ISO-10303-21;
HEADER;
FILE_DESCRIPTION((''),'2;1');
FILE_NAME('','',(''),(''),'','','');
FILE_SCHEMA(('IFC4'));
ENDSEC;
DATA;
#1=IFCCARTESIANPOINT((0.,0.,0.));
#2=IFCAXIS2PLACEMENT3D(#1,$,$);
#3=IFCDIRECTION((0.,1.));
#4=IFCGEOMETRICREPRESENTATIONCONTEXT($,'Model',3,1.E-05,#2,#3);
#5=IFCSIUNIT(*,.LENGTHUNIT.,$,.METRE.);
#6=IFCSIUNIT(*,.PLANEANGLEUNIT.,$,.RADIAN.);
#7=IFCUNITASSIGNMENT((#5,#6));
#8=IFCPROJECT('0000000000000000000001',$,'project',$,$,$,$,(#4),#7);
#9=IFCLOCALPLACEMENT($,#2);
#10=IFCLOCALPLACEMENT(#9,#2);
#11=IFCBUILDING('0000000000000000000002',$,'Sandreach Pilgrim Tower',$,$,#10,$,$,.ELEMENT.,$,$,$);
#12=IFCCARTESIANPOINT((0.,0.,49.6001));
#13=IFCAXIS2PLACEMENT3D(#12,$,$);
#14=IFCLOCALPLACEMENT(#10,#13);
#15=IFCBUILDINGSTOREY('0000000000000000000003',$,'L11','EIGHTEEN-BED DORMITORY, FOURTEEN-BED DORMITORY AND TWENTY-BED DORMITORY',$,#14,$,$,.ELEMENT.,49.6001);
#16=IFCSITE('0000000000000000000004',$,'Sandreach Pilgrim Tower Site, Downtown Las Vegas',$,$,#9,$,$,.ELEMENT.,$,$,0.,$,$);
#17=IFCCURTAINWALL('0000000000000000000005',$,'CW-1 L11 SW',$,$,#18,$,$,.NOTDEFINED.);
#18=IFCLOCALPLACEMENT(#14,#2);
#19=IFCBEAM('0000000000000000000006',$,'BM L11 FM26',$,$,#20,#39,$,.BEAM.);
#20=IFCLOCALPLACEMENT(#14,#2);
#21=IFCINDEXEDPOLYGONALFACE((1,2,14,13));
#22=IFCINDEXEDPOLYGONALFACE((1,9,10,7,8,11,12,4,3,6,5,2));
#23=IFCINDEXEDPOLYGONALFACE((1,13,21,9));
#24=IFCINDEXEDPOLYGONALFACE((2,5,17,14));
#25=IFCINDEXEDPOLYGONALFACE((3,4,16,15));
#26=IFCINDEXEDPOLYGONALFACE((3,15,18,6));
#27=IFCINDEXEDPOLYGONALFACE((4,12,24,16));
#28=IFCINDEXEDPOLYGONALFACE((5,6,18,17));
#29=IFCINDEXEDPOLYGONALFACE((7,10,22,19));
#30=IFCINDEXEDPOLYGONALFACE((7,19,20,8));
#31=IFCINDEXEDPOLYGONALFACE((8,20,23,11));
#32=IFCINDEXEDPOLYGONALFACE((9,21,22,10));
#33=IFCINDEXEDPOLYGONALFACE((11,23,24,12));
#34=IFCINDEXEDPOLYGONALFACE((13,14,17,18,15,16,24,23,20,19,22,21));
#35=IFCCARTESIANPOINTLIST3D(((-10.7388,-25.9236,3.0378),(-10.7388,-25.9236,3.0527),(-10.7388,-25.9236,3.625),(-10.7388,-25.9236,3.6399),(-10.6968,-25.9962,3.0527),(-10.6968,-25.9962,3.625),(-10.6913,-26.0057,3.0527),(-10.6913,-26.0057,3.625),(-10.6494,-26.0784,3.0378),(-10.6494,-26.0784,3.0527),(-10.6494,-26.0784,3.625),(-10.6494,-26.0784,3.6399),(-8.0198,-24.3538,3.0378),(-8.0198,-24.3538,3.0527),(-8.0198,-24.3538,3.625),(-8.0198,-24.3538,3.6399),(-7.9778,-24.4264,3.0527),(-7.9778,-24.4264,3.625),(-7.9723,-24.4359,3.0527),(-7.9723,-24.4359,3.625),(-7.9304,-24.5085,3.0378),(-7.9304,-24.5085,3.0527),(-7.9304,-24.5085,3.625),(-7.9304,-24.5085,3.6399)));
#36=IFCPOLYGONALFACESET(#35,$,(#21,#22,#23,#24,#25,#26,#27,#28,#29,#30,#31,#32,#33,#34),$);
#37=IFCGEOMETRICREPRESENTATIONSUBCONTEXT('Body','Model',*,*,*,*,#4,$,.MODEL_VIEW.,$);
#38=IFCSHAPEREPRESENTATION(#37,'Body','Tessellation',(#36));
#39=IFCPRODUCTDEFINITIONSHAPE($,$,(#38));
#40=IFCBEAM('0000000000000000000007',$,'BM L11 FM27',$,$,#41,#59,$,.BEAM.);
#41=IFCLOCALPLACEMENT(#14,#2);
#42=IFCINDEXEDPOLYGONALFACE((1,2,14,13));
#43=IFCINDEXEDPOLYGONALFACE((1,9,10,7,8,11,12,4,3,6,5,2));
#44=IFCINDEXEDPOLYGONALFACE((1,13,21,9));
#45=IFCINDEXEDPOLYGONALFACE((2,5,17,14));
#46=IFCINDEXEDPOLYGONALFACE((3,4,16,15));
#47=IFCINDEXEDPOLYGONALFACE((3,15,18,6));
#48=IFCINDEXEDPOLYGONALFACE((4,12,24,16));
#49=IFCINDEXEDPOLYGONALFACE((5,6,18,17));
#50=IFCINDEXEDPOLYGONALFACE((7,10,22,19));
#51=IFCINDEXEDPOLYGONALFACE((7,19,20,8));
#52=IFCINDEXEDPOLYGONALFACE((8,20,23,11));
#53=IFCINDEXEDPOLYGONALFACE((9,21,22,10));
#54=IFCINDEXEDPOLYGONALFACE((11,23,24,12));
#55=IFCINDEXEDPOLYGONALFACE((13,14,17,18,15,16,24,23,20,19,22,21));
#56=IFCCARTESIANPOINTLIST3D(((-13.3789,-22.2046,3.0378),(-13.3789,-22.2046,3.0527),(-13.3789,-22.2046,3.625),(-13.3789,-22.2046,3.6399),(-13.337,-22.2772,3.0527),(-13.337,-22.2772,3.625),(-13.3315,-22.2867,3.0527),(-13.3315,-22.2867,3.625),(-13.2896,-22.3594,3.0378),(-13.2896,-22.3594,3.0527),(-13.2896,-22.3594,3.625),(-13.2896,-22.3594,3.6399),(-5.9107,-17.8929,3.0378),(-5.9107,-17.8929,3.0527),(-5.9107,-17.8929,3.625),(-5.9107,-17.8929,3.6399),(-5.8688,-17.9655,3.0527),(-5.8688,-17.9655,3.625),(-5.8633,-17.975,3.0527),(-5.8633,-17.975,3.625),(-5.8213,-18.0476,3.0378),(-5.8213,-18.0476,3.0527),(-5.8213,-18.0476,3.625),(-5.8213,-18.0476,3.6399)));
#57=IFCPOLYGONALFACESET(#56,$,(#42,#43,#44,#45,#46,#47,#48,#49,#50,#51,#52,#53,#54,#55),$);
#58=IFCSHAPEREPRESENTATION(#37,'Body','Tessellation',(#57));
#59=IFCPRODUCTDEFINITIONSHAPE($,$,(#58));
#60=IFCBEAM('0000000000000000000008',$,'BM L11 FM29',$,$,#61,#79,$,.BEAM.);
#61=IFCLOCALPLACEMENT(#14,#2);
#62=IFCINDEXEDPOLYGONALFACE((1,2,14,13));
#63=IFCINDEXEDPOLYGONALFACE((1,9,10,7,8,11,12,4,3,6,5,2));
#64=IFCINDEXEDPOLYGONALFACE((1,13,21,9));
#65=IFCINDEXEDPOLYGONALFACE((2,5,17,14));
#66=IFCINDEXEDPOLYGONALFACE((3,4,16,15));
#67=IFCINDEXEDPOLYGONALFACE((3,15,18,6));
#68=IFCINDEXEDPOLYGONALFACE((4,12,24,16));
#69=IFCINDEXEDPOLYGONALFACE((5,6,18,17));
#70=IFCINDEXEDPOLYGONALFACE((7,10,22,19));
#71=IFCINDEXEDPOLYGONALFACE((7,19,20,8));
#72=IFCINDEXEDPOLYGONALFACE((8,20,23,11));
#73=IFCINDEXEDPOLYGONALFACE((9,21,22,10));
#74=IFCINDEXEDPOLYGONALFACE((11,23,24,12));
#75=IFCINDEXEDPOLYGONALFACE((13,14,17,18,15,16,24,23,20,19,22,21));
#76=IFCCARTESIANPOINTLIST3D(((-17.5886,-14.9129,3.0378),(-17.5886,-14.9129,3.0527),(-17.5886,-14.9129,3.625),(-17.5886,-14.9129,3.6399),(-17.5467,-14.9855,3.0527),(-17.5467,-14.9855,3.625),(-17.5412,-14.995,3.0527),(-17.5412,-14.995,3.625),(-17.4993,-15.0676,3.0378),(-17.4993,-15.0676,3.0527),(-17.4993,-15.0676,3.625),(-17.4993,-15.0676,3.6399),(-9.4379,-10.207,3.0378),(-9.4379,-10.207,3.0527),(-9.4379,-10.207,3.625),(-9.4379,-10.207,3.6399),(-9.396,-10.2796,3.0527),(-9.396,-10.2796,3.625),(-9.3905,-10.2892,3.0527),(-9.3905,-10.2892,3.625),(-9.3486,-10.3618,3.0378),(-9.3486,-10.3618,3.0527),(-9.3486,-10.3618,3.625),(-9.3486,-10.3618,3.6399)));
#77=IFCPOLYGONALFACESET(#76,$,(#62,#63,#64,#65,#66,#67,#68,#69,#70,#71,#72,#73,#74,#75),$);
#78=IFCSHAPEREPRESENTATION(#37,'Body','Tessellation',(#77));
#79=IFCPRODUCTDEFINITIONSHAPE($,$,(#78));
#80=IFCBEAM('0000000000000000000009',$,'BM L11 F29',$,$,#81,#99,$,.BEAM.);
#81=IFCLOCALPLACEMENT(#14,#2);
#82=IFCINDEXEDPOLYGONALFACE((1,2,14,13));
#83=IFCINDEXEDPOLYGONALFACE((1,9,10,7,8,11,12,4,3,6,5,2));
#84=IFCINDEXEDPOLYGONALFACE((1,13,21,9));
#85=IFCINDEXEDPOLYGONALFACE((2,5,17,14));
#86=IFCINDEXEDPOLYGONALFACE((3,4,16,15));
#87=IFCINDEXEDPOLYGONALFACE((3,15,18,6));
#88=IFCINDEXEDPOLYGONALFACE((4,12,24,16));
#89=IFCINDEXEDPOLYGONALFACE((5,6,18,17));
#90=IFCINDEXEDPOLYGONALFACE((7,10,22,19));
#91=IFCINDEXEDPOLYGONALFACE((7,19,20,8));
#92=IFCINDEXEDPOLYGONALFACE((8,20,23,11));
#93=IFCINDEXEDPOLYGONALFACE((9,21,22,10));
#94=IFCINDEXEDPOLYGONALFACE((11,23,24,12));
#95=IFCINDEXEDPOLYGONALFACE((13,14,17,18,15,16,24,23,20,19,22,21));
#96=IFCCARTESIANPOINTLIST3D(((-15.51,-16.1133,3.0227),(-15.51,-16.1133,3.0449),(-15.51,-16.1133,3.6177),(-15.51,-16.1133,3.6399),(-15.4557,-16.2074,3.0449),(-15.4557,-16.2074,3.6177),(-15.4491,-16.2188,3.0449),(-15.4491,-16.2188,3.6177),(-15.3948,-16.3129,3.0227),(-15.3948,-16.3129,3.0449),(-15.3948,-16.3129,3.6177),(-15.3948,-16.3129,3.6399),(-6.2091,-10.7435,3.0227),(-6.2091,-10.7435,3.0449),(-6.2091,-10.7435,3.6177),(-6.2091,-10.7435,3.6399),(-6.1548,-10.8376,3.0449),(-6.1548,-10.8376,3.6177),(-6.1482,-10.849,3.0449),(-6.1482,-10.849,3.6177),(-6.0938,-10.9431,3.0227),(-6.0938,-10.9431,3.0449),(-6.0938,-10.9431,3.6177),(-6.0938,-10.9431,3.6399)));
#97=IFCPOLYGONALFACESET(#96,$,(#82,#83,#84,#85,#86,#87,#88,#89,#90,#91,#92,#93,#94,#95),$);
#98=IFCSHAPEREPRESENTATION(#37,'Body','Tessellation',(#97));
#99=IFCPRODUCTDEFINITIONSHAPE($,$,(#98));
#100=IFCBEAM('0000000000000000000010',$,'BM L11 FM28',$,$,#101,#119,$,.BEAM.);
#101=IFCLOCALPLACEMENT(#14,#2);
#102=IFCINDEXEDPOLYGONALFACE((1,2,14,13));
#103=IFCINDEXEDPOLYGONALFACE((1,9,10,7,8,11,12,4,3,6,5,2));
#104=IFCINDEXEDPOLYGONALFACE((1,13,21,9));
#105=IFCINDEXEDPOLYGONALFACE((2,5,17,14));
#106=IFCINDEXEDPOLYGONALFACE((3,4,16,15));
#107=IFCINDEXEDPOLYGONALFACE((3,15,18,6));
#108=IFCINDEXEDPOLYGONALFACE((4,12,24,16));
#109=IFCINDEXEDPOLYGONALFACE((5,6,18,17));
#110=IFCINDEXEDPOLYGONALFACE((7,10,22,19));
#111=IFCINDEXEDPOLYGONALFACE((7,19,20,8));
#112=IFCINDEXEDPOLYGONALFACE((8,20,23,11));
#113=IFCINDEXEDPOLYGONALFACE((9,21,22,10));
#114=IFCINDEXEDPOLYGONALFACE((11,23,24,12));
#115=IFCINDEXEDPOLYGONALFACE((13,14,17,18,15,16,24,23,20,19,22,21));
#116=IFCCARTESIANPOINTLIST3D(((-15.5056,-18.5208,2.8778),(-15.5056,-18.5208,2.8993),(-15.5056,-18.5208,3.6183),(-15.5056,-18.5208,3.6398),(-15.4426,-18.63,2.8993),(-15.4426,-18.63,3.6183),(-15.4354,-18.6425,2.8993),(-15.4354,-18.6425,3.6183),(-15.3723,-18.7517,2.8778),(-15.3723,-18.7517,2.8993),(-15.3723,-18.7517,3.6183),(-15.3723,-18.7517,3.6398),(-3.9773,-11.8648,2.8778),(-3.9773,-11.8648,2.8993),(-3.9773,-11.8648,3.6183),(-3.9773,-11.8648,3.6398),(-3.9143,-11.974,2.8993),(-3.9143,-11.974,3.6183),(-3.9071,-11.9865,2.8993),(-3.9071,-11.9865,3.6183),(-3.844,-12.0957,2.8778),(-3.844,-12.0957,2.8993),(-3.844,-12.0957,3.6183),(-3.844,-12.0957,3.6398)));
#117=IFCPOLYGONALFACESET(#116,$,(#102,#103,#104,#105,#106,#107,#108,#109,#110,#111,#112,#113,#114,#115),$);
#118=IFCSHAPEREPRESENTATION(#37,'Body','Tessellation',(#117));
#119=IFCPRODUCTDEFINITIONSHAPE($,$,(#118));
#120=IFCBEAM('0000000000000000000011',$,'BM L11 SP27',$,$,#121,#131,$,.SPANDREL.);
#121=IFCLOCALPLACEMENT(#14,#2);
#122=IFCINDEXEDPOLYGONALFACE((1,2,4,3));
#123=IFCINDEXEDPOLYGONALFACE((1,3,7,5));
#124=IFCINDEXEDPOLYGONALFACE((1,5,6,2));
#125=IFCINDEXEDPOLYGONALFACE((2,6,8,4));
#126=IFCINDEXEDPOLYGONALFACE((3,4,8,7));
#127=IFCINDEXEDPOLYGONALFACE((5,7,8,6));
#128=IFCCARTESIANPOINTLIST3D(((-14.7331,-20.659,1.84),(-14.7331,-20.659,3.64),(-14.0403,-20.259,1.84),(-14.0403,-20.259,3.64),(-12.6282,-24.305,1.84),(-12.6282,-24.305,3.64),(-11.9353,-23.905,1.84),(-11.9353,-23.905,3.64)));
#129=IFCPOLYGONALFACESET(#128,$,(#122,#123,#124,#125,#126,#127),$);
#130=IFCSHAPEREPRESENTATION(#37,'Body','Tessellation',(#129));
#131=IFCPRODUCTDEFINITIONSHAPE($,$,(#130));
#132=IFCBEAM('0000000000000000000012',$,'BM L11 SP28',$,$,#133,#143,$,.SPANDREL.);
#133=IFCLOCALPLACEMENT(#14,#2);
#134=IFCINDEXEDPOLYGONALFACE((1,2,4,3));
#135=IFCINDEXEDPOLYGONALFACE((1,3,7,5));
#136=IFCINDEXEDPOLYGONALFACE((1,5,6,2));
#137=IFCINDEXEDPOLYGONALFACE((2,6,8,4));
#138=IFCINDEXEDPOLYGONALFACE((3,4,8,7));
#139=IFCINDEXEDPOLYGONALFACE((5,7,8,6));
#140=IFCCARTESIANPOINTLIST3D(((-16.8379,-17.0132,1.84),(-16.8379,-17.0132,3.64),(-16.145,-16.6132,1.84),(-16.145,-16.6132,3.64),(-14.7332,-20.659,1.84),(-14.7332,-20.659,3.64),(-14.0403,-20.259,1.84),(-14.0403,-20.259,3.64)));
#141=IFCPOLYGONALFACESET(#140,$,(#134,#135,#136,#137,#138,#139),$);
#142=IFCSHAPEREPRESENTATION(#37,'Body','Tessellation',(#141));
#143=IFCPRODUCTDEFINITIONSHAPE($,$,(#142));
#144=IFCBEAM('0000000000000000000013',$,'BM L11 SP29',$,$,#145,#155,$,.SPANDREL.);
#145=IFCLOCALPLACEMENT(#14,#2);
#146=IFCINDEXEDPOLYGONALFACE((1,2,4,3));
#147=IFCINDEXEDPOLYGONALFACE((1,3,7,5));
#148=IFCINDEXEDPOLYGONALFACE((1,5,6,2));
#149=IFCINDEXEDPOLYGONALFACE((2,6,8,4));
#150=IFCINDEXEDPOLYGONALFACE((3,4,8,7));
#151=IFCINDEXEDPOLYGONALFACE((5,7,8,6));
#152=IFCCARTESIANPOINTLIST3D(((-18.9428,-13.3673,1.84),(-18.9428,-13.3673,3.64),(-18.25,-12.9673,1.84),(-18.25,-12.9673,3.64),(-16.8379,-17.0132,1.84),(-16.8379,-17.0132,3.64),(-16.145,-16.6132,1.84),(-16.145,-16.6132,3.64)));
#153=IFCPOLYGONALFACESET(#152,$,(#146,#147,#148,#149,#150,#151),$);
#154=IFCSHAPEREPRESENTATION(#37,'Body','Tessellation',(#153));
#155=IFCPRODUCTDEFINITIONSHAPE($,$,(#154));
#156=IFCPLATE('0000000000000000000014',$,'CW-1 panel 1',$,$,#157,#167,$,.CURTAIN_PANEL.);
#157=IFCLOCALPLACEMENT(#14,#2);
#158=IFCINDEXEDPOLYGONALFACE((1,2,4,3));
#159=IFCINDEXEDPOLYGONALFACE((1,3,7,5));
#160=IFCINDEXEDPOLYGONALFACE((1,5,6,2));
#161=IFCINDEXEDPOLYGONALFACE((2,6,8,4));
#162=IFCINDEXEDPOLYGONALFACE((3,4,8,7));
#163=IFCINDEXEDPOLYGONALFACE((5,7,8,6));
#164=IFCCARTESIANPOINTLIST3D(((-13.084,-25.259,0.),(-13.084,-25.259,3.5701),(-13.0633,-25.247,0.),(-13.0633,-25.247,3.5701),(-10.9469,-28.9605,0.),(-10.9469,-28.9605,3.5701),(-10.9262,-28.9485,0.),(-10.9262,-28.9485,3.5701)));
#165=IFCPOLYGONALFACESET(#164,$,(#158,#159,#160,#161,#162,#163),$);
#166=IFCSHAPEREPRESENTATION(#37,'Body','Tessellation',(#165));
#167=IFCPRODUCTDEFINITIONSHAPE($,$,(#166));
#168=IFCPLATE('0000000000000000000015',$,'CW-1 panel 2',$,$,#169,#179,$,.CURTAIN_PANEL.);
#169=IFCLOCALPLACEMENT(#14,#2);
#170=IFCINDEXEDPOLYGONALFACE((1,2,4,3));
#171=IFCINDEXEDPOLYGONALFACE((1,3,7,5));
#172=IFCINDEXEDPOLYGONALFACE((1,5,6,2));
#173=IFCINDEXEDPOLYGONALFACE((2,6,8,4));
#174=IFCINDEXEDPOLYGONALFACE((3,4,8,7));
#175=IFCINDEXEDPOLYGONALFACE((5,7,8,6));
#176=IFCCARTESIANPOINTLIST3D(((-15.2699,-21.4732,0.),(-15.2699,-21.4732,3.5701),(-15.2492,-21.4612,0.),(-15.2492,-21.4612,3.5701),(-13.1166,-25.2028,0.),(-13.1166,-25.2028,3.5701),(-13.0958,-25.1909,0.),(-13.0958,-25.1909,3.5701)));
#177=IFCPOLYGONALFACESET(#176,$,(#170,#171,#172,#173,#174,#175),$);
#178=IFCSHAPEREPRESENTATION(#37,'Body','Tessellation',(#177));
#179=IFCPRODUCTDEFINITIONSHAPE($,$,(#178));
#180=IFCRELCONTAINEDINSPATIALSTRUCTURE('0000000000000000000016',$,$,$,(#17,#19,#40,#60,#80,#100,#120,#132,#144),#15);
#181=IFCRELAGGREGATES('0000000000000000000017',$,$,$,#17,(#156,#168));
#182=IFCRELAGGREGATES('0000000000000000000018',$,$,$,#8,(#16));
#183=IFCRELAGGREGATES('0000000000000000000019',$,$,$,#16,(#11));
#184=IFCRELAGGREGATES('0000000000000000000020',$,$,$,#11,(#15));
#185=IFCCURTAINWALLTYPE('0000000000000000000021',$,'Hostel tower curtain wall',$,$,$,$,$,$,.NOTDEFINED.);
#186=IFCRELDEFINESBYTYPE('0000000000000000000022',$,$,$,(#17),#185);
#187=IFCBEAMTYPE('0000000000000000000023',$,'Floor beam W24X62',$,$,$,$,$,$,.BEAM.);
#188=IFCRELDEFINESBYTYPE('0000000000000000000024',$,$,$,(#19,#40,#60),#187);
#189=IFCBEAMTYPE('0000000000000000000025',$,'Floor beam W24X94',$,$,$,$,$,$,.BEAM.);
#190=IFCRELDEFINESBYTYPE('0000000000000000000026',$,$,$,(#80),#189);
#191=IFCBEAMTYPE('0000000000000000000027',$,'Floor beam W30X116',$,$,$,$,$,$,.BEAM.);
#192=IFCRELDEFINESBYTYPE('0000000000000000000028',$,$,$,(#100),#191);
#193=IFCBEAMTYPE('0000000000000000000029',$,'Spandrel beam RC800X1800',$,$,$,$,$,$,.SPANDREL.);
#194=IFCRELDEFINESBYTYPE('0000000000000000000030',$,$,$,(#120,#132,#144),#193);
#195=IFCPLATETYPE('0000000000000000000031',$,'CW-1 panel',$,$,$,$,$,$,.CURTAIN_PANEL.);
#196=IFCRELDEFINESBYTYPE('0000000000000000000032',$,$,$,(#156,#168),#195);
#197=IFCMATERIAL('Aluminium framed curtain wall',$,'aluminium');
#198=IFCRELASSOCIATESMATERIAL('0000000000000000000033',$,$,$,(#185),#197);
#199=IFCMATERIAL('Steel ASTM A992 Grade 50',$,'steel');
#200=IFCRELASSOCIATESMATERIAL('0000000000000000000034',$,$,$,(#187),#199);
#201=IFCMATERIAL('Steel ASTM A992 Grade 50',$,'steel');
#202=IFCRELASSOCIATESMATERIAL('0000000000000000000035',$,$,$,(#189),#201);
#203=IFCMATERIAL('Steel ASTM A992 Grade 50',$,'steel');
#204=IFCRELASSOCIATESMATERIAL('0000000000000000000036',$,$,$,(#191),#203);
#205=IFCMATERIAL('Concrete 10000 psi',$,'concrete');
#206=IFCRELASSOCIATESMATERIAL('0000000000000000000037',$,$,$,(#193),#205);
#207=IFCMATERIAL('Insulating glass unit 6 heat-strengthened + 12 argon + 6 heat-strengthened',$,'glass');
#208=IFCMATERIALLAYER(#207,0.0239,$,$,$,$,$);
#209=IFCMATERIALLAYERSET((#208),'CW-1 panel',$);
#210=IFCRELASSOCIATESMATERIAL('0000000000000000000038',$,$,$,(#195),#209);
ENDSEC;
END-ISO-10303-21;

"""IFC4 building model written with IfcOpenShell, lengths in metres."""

from ifc_helpers import new_model, si_unit, direction, frame, origin, origin_2d, place, context, subcontext, project, spatial, rectangle, i_section, extrude, material, layer, layer_set, material_profile, profile_set, type_object, element, aggregate, save


model = new_model("IFC4")

# Units and contexts
model_context = context("Model", 3, precision=1e-05, world=origin(), true_north=direction((0.0, 1.0)))
body_context = subcontext(model_context, "Body", "Model", "MODEL_VIEW")
ifc_project = project(units=[si_unit("LENGTHUNIT", "METRE"), si_unit("PLANEANGLEUNIT", "RADIAN")], contexts=[model_context])

# Site, building, storey
site_placement = place(None, origin())
site = spatial("IfcSite", under=ifc_project, at=site_placement, Name="Sandreach Pilgrim Tower Site, Downtown Las Vegas", CompositionType="ELEMENT", RefElevation=0.0)
building_placement = place(site_placement, origin())
building = spatial("IfcBuilding", under=site, at=building_placement, Name="Sandreach Pilgrim Tower", CompositionType="ELEMENT")
storey_placement = place(building_placement, frame((0.0, 0.0, 49.6001)))
storey = spatial("IfcBuildingStorey", under=building, at=storey_placement, Name="L11", Description="EIGHTEEN-BED DORMITORY, FOURTEEN-BED DORMITORY AND TWENTY-BED DORMITORY", CompositionType="ELEMENT", Elevation=49.6001)

# Curtain wall
ifc_material_1 = material(Name="Aluminium framed curtain wall", Category="aluminium")
curtain_wall_type = type_object("IfcCurtainWallType", Name="Hostel tower curtain wall", PredefinedType="NOTDEFINED", material=ifc_material_1)
curtain_wall_placement = place(storey_placement, origin())
curtain_wall = element("IfcCurtainWall", 1, at=curtain_wall_placement, inside=storey, type_object=curtain_wall_type, Name="CW-1 L11 SW", PredefinedType="NOTDEFINED")

# Beams
ifc_material_2 = material(Name="Steel ASTM A992 Grade 50", Category="steel")
ifc_material_profile_1 = material_profile(ifc_material_2, i_section(OverallWidth=0.1787, OverallDepth=0.6021, WebThickness=0.011, FlangeThickness=0.0149, at=origin_2d()), Name="W24X62")
ifc_profile_set_1 = profile_set([ifc_material_profile_1], Name="Steel ASTM A992 Grade 50")
beam_type_1 = type_object("IfcBeamType", Name="Floor beam W24X62", PredefinedType="BEAM", material=ifc_profile_set_1)
beam_1_placement = place(storey_placement, frame((-10.6941, -26.001, 3.3389), z_axis=(0.866024, 0.500003, 0.0), x_axis=(-0.500003, 0.866024, 0.0)))
element("IfcBeam", 2, at=beam_1_placement, inside=storey, type_object=beam_type_1, Name="BM L11 FM26", PredefinedType="BEAM", context=body_context, shape_type="SweptSolid", body=[
    extrude(i_section(OverallWidth=0.1787, OverallDepth=0.6021, WebThickness=0.011, FlangeThickness=0.0149, at=origin_2d()), origin(), (0.0, 0.0, 1.0), 3.1396),
])
beam_2_placement = place(storey_placement, frame((-13.3342, -22.282, 3.3389), z_axis=(0.866027, 0.499997, 0.0), x_axis=(-0.499997, 0.866027, 0.0)))
element("IfcBeam", 3, at=beam_2_placement, inside=storey, type_object=beam_type_1, Name="BM L11 FM27", PredefinedType="BEAM", context=body_context, shape_type="SweptSolid", body=[
    extrude(i_section(OverallWidth=0.1787, OverallDepth=0.6021, WebThickness=0.011, FlangeThickness=0.0149, at=origin_2d()), origin(), (0.0, 0.0, 1.0), 8.6235),
])
beam_3_placement = place(storey_placement, frame((-17.5439, -14.9902, 3.3389), z_axis=(0.866024, 0.500003, 0.0), x_axis=(-0.500003, 0.866024, 0.0)))
element("IfcBeam", 4, at=beam_3_placement, inside=storey, type_object=beam_type_1, Name="BM L11 FM29", PredefinedType="BEAM", context=body_context, shape_type="SweptSolid", body=[
    extrude(i_section(OverallWidth=0.1787, OverallDepth=0.6021, WebThickness=0.011, FlangeThickness=0.0149, at=origin_2d()), origin(), (0.0, 0.0, 1.0), 9.4116),
])
ifc_material_3 = material(Name="Steel ASTM A992 Grade 50", Category="steel")
ifc_material_profile_2 = material_profile(ifc_material_3, i_section(OverallWidth=0.2305, OverallDepth=0.6172, WebThickness=0.0132, FlangeThickness=0.0222, at=origin_2d()), Name="W24X94")
ifc_profile_set_2 = profile_set([ifc_material_profile_2], Name="Steel ASTM A992 Grade 50")
beam_type_2 = type_object("IfcBeamType", Name="Floor beam W24X94", PredefinedType="BEAM", material=ifc_profile_set_2)
beam_4_placement = place(storey_placement, frame((-15.4524, -16.2131, 3.3313), z_axis=(0.866028, 0.499995, 0.0), x_axis=(-0.499995, 0.866028, 0.0)))
element("IfcBeam", 5, at=beam_4_placement, inside=storey, type_object=beam_type_2, Name="BM L11 F29", PredefinedType="BEAM", context=body_context, shape_type="SweptSolid", body=[
    extrude(i_section(OverallWidth=0.2305, OverallDepth=0.6172, WebThickness=0.0132, FlangeThickness=0.0222, at=origin_2d()), origin(), (0.0, 0.0, 1.0), 10.7397),
])
ifc_material_4 = material(Name="Steel ASTM A992 Grade 50", Category="steel")
ifc_material_profile_3 = material_profile(ifc_material_4, i_section(OverallWidth=0.2666, OverallDepth=0.762, WebThickness=0.0144, FlangeThickness=0.0215, at=origin_2d()), Name="W30X116")
ifc_profile_set_3 = profile_set([ifc_material_profile_3], Name="Steel ASTM A992 Grade 50")
beam_type_3 = type_object("IfcBeamType", Name="Floor beam W30X116", PredefinedType="BEAM", material=ifc_profile_set_3)
beam_5_placement = place(storey_placement, frame((-15.439, -18.6362, 3.2588), z_axis=(0.866021, 0.500007, 0.0), x_axis=(-0.500007, 0.866021, 0.0)))
element("IfcBeam", 6, at=beam_5_placement, inside=storey, type_object=beam_type_3, Name="BM L11 FM28", PredefinedType="BEAM", context=body_context, shape_type="SweptSolid", body=[
    extrude(i_section(OverallWidth=0.2666, OverallDepth=0.762, WebThickness=0.0144, FlangeThickness=0.0215, at=origin_2d()), origin(), (0.0, 0.0, 1.0), 13.3118),
])
ifc_material_5 = material(Name="Concrete 10000 psi", Category="concrete")
ifc_material_profile_4 = material_profile(ifc_material_5, rectangle(XDim=0.8, YDim=1.8, at=origin_2d()), Name="RC800X1800")
ifc_profile_set_4 = profile_set([ifc_material_profile_4], Name="Concrete 10000 psi")
beam_type_4 = type_object("IfcBeamType", Name="Spandrel beam RC800X1800", PredefinedType="SPANDREL", material=ifc_profile_set_4)
beam_6_placement = place(storey_placement, frame((-12.2817, -24.105, 2.74), z_axis=(-0.499994, 0.866029, 0.0), x_axis=(-0.866029, -0.499994, 0.0)))
element("IfcBeam", 7, at=beam_6_placement, inside=storey, type_object=beam_type_4, Name="BM L11 SP27", PredefinedType="SPANDREL", context=body_context, shape_type="SweptSolid", body=[
    extrude(rectangle(XDim=0.8, YDim=1.8, at=origin_2d()), origin(), (0.0, 0.0, 1.0), 4.21),
])
beam_7_placement = place(storey_placement, frame((-14.3867, -20.459, 2.74), z_axis=(-0.499975, 0.86604, 0.0), x_axis=(-0.86604, -0.499975, 0.0)))
element("IfcBeam", 8, at=beam_7_placement, inside=storey, type_object=beam_type_4, Name="BM L11 SP28", PredefinedType="SPANDREL", context=body_context, shape_type="SweptSolid", body=[
    extrude(rectangle(XDim=0.8, YDim=1.8, at=origin_2d()), origin(), (0.0, 0.0, 1.0), 4.2097),
])
beam_8_placement = place(storey_placement, frame((-16.4915, -16.8132, 2.74), z_axis=(-0.499994, 0.866029, 0.0), x_axis=(-0.866029, -0.499994, 0.0)))
element("IfcBeam", 9, at=beam_8_placement, inside=storey, type_object=beam_type_4, Name="BM L11 SP29", PredefinedType="SPANDREL", context=body_context, shape_type="SweptSolid", body=[
    extrude(rectangle(XDim=0.8, YDim=1.8, at=origin_2d()), origin(), (0.0, 0.0, 1.0), 4.21),
])

# Plates
ifc_material_6 = material(Name="Insulating glass unit 6 heat-strengthened + 12 argon + 6 heat-strengthened", Category="glass")
ifc_layer_1 = layer(ifc_material_6, 0.0239)
ifc_layer_set_1 = layer_set([ifc_layer_1], Name="CW-1 panel")
plate_type = type_object("IfcPlateType", Name="CW-1 panel", PredefinedType="CURTAIN_PANEL", material=ifc_layer_set_1)
plate_1_placement = place(storey_placement, frame((-12.0051, -27.1038, 0.0), z_axis=(0.0, 0.0, 1.0), x_axis=(-0.5, 0.866025, 0.0)))
plate_1 = element("IfcPlate", 10, at=plate_1_placement, type_object=plate_type, Name="CW-1 panel 1", PredefinedType="CURTAIN_PANEL", context=body_context, shape_type="SweptSolid", body=[
    extrude(rectangle(XDim=4.2742, YDim=0.0239, at=origin_2d()), origin(), (0.0, 0.0, 1.0), 3.5701),
])
plate_2_placement = place(storey_placement, frame((-14.1829, -23.332, 0.0), z_axis=(0.0, 0.0, 1.0), x_axis=(-0.5, 0.866025, 0.0)))
plate_2 = element("IfcPlate", 11, at=plate_2_placement, type_object=plate_type, Name="CW-1 panel 2", PredefinedType="CURTAIN_PANEL", context=body_context, shape_type="SweptSolid", body=[
    extrude(rectangle(XDim=4.3066, YDim=0.0239, at=origin_2d()), origin(), (0.0, 0.0, 1.0), 3.5701),
])
aggregate(curtain_wall, [plate_1, plate_2])

save(model, "model.ifc")
